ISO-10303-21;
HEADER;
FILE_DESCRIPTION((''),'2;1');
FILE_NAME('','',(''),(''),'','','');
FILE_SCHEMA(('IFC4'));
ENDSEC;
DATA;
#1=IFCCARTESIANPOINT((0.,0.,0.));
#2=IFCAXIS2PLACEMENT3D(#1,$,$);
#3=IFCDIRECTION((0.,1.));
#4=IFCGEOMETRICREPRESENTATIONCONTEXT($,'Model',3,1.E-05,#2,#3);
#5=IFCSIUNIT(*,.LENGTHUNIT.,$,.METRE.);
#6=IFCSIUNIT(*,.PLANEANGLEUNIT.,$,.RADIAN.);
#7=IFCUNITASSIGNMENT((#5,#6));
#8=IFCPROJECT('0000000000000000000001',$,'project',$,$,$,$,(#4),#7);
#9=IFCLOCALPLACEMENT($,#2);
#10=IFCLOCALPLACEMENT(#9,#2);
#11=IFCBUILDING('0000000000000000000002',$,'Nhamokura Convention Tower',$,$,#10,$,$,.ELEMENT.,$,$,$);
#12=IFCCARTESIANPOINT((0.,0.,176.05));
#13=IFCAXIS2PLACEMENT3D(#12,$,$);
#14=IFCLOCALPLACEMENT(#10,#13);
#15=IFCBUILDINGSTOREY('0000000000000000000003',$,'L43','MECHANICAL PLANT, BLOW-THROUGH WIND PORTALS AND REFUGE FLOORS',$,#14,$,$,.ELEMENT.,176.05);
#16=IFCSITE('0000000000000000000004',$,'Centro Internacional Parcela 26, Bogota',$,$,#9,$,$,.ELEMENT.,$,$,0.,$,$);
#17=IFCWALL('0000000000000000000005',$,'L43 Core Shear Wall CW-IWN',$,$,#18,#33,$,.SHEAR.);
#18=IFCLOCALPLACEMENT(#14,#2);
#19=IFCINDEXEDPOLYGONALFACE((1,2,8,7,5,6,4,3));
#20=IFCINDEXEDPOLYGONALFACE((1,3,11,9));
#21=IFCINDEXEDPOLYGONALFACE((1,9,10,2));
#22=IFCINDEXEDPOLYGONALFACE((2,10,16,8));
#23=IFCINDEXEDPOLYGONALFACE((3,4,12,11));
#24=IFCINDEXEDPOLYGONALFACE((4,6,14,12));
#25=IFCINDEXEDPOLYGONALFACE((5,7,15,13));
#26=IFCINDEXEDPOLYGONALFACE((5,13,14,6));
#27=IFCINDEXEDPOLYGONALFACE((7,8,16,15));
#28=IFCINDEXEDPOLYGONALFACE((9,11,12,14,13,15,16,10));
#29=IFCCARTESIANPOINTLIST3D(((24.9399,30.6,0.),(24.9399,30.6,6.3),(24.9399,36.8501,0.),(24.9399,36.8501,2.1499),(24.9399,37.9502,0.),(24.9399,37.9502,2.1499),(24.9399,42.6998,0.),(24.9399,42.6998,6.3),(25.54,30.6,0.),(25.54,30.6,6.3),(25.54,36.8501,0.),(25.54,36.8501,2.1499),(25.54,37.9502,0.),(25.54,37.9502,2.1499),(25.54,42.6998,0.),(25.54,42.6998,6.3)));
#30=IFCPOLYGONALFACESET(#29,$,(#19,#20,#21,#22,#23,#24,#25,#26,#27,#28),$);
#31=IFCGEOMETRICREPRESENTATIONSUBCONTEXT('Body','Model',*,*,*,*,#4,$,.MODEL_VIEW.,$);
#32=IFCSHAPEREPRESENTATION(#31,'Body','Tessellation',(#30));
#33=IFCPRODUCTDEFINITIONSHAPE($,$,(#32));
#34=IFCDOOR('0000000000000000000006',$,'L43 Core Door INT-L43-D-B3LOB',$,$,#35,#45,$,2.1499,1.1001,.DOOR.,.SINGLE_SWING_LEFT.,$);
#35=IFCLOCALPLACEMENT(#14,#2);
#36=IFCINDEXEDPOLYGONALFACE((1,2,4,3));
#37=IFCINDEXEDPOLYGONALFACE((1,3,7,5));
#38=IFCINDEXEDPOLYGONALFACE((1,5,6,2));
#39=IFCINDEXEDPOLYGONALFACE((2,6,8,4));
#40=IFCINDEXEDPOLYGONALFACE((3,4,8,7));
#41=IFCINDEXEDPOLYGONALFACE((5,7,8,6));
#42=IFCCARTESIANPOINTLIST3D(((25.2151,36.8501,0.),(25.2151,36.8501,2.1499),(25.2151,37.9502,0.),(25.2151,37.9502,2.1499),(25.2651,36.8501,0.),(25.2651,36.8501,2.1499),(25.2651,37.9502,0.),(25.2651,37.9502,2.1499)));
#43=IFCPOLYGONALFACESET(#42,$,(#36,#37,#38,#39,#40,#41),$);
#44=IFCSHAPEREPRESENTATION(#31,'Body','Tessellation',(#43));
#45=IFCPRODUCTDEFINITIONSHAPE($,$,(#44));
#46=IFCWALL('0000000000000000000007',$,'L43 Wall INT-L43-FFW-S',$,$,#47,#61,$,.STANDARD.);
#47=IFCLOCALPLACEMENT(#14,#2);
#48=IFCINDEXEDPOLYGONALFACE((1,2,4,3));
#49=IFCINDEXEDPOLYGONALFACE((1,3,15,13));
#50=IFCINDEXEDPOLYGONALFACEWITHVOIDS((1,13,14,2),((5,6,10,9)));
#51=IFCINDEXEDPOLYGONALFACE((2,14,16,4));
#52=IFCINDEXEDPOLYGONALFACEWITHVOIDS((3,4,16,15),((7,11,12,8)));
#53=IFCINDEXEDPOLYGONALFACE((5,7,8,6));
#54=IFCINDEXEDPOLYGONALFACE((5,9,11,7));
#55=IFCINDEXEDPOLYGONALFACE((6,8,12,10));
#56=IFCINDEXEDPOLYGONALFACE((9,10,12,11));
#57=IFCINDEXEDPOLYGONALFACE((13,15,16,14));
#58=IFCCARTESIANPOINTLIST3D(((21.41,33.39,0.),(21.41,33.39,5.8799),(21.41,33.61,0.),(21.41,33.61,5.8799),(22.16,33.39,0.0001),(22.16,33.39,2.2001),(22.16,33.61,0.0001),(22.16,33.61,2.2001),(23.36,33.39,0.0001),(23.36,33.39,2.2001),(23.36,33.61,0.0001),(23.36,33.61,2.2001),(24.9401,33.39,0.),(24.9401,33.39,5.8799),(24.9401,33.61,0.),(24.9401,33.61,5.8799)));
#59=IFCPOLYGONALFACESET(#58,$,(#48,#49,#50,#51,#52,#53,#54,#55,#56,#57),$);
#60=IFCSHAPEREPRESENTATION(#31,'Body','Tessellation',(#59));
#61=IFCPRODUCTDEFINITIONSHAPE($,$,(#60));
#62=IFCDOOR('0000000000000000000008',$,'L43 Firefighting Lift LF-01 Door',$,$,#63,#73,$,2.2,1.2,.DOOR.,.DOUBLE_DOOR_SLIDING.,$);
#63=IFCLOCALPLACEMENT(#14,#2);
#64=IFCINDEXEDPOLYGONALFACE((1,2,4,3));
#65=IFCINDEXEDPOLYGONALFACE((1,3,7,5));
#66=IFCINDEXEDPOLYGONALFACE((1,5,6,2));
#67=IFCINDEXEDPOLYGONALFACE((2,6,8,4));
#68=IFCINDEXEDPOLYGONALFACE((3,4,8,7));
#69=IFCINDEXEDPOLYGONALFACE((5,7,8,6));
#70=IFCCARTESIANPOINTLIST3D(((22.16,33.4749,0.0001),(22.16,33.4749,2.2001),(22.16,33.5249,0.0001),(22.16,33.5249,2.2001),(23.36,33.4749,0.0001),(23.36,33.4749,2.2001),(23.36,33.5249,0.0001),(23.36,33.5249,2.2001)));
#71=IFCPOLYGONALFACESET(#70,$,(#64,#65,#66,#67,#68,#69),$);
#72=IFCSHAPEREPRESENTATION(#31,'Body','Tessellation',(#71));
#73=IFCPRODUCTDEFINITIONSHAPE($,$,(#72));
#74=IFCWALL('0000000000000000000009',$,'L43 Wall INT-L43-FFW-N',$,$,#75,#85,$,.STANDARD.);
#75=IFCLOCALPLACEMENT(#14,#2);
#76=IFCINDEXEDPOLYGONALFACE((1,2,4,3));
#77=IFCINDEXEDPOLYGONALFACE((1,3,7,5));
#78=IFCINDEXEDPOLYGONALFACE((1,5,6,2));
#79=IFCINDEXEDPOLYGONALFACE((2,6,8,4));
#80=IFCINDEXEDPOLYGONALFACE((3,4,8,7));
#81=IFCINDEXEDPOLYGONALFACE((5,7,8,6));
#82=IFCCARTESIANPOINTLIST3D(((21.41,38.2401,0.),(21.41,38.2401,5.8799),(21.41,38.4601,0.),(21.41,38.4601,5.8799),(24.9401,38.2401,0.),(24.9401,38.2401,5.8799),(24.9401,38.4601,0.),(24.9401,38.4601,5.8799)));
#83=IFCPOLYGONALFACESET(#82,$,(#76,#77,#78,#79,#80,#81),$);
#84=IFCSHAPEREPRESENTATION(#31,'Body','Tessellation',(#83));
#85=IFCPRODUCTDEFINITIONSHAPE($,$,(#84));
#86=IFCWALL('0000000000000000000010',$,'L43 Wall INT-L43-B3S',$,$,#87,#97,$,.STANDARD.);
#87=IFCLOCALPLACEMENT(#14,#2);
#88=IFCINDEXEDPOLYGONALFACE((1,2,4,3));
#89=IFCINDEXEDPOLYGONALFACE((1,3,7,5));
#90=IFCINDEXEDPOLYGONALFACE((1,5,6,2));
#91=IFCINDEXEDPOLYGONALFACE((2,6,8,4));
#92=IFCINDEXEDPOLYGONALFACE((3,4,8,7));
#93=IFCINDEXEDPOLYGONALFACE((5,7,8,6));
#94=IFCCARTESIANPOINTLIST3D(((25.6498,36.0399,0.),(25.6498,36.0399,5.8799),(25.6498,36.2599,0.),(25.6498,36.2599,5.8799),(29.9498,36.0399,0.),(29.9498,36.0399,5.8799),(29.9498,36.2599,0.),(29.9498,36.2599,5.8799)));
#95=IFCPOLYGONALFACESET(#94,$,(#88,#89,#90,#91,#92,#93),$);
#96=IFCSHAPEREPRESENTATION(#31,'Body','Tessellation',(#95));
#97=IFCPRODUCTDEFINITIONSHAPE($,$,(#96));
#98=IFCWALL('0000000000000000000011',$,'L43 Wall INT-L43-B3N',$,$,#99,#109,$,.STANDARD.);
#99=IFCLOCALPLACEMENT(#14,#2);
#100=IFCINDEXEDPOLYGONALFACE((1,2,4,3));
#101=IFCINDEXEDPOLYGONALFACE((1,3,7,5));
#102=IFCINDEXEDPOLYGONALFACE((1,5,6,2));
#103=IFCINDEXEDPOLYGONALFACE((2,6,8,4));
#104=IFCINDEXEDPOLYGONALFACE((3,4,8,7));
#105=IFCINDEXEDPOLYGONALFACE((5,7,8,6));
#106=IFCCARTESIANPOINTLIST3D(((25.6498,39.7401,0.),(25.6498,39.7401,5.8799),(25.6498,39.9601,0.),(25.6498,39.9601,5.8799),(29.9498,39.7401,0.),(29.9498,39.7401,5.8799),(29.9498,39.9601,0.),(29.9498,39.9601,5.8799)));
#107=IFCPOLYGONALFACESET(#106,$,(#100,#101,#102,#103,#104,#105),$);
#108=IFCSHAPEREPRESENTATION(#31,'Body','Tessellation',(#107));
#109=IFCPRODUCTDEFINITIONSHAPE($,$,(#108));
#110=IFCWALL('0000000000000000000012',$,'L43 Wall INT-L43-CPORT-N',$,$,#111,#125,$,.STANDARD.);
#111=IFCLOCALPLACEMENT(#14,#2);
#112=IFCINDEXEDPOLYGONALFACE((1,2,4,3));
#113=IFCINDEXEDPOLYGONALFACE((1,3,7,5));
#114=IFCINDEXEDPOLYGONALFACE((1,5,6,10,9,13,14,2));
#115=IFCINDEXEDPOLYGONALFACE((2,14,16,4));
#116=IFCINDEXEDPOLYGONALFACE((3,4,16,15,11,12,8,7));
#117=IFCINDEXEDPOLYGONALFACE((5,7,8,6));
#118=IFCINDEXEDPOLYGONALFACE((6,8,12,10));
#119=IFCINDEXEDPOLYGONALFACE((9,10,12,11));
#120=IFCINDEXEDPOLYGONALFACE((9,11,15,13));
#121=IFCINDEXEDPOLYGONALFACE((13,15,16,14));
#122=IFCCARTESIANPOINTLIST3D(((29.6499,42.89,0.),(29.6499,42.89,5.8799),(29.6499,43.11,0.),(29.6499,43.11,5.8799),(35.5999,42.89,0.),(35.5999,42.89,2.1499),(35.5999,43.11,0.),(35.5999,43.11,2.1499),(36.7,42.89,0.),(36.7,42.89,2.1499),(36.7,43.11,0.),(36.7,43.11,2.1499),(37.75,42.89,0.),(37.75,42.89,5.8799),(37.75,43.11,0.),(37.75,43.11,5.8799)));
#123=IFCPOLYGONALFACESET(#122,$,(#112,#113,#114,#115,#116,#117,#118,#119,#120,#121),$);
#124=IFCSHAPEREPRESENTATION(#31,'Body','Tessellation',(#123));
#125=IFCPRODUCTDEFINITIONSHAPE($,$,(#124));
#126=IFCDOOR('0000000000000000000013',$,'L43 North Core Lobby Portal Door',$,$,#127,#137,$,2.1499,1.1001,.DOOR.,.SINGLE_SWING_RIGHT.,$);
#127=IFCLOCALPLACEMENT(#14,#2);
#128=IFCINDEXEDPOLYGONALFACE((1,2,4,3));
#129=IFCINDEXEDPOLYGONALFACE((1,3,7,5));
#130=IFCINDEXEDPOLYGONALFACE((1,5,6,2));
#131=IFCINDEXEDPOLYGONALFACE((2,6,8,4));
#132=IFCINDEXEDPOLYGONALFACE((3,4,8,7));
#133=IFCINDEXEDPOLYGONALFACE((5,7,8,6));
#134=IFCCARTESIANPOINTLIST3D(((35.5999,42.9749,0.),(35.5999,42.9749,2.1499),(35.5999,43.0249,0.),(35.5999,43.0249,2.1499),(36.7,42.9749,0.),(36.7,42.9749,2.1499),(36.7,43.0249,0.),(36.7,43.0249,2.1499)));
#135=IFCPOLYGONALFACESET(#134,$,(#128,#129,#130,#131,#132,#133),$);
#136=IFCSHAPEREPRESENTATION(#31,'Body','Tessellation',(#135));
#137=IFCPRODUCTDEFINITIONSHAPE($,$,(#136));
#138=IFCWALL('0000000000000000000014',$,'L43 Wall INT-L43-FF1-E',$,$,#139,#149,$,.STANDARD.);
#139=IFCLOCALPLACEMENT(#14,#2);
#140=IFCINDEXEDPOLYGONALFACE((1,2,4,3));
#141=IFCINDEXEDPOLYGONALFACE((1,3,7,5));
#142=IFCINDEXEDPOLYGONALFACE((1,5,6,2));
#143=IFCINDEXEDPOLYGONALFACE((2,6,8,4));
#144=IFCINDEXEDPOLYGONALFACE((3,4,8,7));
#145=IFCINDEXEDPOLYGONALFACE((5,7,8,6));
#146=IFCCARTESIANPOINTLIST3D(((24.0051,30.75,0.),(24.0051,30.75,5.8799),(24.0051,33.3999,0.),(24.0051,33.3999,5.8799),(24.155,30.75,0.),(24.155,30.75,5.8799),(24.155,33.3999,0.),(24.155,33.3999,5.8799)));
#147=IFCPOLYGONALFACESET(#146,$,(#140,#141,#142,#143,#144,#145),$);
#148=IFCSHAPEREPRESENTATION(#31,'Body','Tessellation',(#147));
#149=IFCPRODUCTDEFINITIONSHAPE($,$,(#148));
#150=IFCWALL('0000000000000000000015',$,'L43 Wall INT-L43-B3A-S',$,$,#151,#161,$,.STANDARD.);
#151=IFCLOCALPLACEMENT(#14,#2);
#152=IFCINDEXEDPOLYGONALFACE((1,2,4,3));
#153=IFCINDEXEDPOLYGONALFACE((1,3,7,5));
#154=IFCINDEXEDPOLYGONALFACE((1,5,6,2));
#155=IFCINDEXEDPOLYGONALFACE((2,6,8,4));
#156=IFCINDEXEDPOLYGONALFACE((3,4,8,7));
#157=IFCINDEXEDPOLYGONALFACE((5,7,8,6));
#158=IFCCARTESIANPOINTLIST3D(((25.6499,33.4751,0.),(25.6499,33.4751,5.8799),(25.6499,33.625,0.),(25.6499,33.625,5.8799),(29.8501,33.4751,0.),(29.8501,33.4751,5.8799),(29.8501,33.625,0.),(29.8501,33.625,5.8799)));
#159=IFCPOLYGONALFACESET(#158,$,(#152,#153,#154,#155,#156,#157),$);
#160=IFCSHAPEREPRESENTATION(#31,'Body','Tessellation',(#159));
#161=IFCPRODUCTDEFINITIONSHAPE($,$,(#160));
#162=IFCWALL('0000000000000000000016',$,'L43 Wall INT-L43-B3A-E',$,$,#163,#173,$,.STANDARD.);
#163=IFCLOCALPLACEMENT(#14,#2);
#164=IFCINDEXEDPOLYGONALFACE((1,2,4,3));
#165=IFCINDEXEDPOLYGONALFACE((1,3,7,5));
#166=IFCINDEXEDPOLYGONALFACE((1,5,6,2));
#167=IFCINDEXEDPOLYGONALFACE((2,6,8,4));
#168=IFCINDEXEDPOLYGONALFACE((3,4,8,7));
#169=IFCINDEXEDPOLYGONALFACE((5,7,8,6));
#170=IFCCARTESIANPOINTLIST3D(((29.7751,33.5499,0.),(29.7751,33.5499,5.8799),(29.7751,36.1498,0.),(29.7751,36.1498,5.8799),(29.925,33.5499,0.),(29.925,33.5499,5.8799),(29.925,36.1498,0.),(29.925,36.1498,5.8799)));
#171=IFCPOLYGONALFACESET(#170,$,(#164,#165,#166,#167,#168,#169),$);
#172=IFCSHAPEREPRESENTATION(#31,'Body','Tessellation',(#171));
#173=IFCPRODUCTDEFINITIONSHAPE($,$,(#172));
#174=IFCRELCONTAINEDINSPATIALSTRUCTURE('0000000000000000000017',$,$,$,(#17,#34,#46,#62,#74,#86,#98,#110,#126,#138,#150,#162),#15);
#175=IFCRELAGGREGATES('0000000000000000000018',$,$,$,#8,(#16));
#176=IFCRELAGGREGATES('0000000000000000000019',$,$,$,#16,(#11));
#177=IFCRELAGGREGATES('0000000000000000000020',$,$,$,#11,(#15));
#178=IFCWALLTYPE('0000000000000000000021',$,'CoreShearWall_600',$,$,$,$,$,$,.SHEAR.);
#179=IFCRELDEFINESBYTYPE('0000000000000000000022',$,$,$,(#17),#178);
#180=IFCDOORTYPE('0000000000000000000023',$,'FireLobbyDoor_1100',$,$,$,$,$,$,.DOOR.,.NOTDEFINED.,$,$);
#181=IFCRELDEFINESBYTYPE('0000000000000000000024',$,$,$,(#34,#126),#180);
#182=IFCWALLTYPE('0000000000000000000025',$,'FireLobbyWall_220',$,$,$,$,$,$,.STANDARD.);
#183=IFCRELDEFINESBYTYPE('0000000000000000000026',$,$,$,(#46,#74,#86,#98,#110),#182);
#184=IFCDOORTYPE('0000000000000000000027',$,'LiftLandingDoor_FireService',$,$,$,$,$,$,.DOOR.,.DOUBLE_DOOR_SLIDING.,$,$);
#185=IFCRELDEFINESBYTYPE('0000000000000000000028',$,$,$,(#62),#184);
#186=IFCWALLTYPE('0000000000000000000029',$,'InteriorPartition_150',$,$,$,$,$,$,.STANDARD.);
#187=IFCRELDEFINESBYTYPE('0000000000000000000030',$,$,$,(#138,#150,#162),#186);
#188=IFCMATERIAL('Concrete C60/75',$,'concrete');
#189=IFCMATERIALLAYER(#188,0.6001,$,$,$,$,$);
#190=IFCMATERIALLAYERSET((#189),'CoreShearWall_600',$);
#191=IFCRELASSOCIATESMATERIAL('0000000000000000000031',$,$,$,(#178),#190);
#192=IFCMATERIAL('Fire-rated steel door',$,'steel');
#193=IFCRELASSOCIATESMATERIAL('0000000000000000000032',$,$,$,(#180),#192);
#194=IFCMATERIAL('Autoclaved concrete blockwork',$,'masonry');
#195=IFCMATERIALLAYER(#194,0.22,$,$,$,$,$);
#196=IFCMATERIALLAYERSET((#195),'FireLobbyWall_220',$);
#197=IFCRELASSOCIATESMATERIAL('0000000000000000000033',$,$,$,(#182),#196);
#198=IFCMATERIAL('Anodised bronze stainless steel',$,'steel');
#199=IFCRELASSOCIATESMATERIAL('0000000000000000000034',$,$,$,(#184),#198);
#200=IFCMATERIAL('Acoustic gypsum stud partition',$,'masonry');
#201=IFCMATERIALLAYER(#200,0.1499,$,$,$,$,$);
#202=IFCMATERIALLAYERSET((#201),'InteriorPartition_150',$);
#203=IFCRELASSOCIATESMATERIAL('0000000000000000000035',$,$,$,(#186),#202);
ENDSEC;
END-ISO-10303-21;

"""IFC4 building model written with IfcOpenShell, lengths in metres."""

from ifc_helpers import new_model, si_unit, direction, frame, frame_2d, origin, place, context, subcontext, project, spatial, rectangle, extrude, material, layer, layer_set, type_object, element, fill, save


model = new_model("IFC4")

# Units and contexts
model_context = context("Model", 3, precision=1e-05, world=origin(), true_north=direction((0.0, 1.0)))
body_context = subcontext(model_context, "Body", "Model", "MODEL_VIEW")
ifc_project = project(units=[si_unit("LENGTHUNIT", "METRE"), si_unit("PLANEANGLEUNIT", "RADIAN")], contexts=[model_context])

# Site, building, storey
site_placement = place(None, origin())
site = spatial("IfcSite", under=ifc_project, at=site_placement, Name="Centro Internacional Parcela 26, Bogota", CompositionType="ELEMENT", RefElevation=0.0)
building_placement = place(site_placement, origin())
building = spatial("IfcBuilding", under=site, at=building_placement, Name="Nhamokura Convention Tower", CompositionType="ELEMENT")
storey_placement = place(building_placement, frame((0.0, 0.0, 176.05)))
storey = spatial("IfcBuildingStorey", under=building, at=storey_placement, Name="L43", Description="MECHANICAL PLANT, BLOW-THROUGH WIND PORTALS AND REFUGE FLOORS", CompositionType="ELEMENT", Elevation=176.05)

# Shared definitions
ifc_material_1 = material(Name="Concrete C60/75", Category="concrete")
ifc_layer_1 = layer(ifc_material_1, 0.6001)
ifc_layer_set_1 = layer_set([ifc_layer_1], Name="CoreShearWall_600")
wall_type_1 = type_object("IfcWallType", Name="CoreShearWall_600", PredefinedType="SHEAR", material=ifc_layer_set_1)
ifc_material_2 = material(Name="Fire-rated steel door", Category="steel")
door_type_1 = type_object("IfcDoorType", Name="FireLobbyDoor_1100", OperationType="NOTDEFINED", PredefinedType="DOOR", material=ifc_material_2)

# Walls, openings, doors
wall_1_placement = place(storey_placement, frame((25.24, 30.6001, 0.0), z_axis=(0.0, 0.0, 1.0), x_axis=(0.0, 1.0, 0.0)))
wall_1 = element("IfcWall", 1, at=wall_1_placement, inside=storey, type_object=wall_type_1, Name="L43 Core Shear Wall CW-IWN", PredefinedType="SHEAR", context=body_context, shape_type="SweptSolid", body=[
    extrude(rectangle(XDim=12.0999, YDim=0.6001, at=frame_2d((6.0498, 0.0))), origin(), (0.0, 0.0, 1.0), 6.3),
])
opening_1_placement = place(wall_1_placement, frame((6.25, 0.0, 0.0)))
opening_1 = element("IfcOpeningElement", 2, at=opening_1_placement, cuts=wall_1, PredefinedType="OPENING", context=body_context, shape_type="SweptSolid", body=[
    extrude(rectangle(XDim=1.1001, YDim=2.1499, at=frame_2d((0.55, 1.075))), frame((0.0, 0.3101, 0.0), z_axis=(0.0, -1.0, 0.0), x_axis=(1.0, 0.0, 0.0)), (0.0, 0.0, 1.0), 0.6201),
])
door_1_placement = place(opening_1_placement, origin())
door_1 = element("IfcDoor", 3, at=door_1_placement, inside=storey, type_object=door_type_1, Name="L43 Core Door INT-L43-D-B3LOB", OperationType="SINGLE_SWING_LEFT", OverallHeight=2.1499, OverallWidth=1.1001, PredefinedType="DOOR", context=body_context, shape_type="SweptSolid", body=[
    extrude(rectangle(XDim=1.1001, YDim=2.1499, at=frame_2d((0.55, 1.075))), frame((0.0, 0.0249, 0.0), z_axis=(0.0, -1.0, 0.0), x_axis=(1.0, 0.0, 0.0)), (0.0, 0.0, 1.0), 0.05),
])
fill(opening_1, door_1)
ifc_material_3 = material(Name="Autoclaved concrete blockwork", Category="masonry")
ifc_layer_2 = layer(ifc_material_3, 0.22)
ifc_layer_set_2 = layer_set([ifc_layer_2], Name="FireLobbyWall_220")
wall_type_2 = type_object("IfcWallType", Name="FireLobbyWall_220", PredefinedType="STANDARD", material=ifc_layer_set_2)
wall_2_placement = place(storey_placement, frame((21.4099, 33.5, 0.0), z_axis=(0.0, 0.0, 1.0), x_axis=(1.0, 0.0, 0.0)))
wall_2 = element("IfcWall", 4, at=wall_2_placement, inside=storey, type_object=wall_type_2, Name="L43 Wall INT-L43-FFW-S", PredefinedType="STANDARD", context=body_context, shape_type="SweptSolid", body=[
    extrude(rectangle(XDim=3.53, YDim=0.22, at=frame_2d((1.7651, 0.0))), origin(), (0.0, 0.0, 1.0), 5.8799),
])
opening_2_placement = place(wall_2_placement, frame((0.75, 0.0, 0.0)))
opening_2 = element("IfcOpeningElement", 5, at=opening_2_placement, cuts=wall_2, PredefinedType="OPENING", context=body_context, shape_type="SweptSolid", body=[
    extrude(rectangle(XDim=1.2, YDim=2.2, at=frame_2d((0.6001, 1.1001))), frame((0.0, 0.1199, 0.0), z_axis=(0.0, -1.0, 0.0), x_axis=(1.0, 0.0, 0.0)), (0.0, 0.0, 1.0), 0.24),
])
ifc_material_4 = material(Name="Anodised bronze stainless steel", Category="steel")
door_type_2 = type_object("IfcDoorType", Name="LiftLandingDoor_FireService", OperationType="DOUBLE_DOOR_SLIDING", PredefinedType="DOOR", material=ifc_material_4)
door_2_placement = place(opening_2_placement, origin())
door_2 = element("IfcDoor", 6, at=door_2_placement, inside=storey, type_object=door_type_2, Name="L43 Firefighting Lift LF-01 Door", OperationType="DOUBLE_DOOR_SLIDING", OverallHeight=2.2, OverallWidth=1.2, PredefinedType="DOOR", context=body_context, shape_type="SweptSolid", body=[
    extrude(rectangle(XDim=1.2, YDim=2.2, at=frame_2d((0.6001, 1.1001))), frame((0.0, 0.0249, 0.0), z_axis=(0.0, -1.0, 0.0), x_axis=(1.0, 0.0, 0.0)), (0.0, 0.0, 1.0), 0.05),
])
fill(opening_2, door_2)

# Walls
wall_3_placement = place(storey_placement, frame((21.4099, 38.3501, 0.0), z_axis=(0.0, 0.0, 1.0), x_axis=(1.0, 0.0, 0.0)))
element("IfcWall", 7, at=wall_3_placement, inside=storey, type_object=wall_type_2, Name="L43 Wall INT-L43-FFW-N", PredefinedType="STANDARD", context=body_context, shape_type="SweptSolid", body=[
    extrude(rectangle(XDim=3.53, YDim=0.22, at=frame_2d((1.7651, 0.0))), origin(), (0.0, 0.0, 1.0), 5.8799),
])
for number, where, z_axis, x_axis, name in (
    (8, (25.6499, 36.1499, 0.0), (0.0, 0.0, 1.0), (1.0, 0.0, 0.0), "L43 Wall INT-L43-B3S"),
    (9, (25.6499, 39.8501, 0.0), (0.0, 0.0, 1.0), (1.0, 0.0, 0.0), "L43 Wall INT-L43-B3N"),
):
    element("IfcWall", number, at=place(storey_placement, frame(where, z_axis=z_axis, x_axis=x_axis)), inside=storey, type_object=wall_type_2, Name=name, PredefinedType="STANDARD", context=body_context, shape_type="SweptSolid", body=[
        extrude(rectangle(XDim=4.3, YDim=0.22, at=frame_2d((2.1499, 0.0))), origin(), (0.0, 0.0, 1.0), 5.8799),
    ])

# Wall, opening, door
wall_4_placement = place(storey_placement, frame((29.6499, 43.0, 0.0), z_axis=(0.0, 0.0, 1.0), x_axis=(1.0, 0.0, 0.0)))
wall_4 = element("IfcWall", 10, at=wall_4_placement, inside=storey, type_object=wall_type_2, Name="L43 Wall INT-L43-CPORT-N", PredefinedType="STANDARD", context=body_context, shape_type="SweptSolid", body=[
    extrude(rectangle(XDim=8.1001, YDim=0.22, at=frame_2d((4.05, 0.0))), origin(), (0.0, 0.0, 1.0), 5.8799),
])
opening_3_placement = place(wall_4_placement, frame((5.95, 0.0, 0.0)))
opening_3 = element("IfcOpeningElement", 11, at=opening_3_placement, cuts=wall_4, PredefinedType="OPENING", context=body_context, shape_type="SweptSolid", body=[
    extrude(rectangle(XDim=1.1001, YDim=2.1499, at=frame_2d((0.55, 1.075))), frame((0.0, 0.1199, 0.0), z_axis=(0.0, -1.0, 0.0), x_axis=(1.0, 0.0, 0.0)), (0.0, 0.0, 1.0), 0.24),
])
door_3_placement = place(opening_3_placement, origin())
door_3 = element("IfcDoor", 12, at=door_3_placement, inside=storey, type_object=door_type_1, Name="L43 North Core Lobby Portal Door", OperationType="SINGLE_SWING_RIGHT", OverallHeight=2.1499, OverallWidth=1.1001, PredefinedType="DOOR", context=body_context, shape_type="SweptSolid", body=[
    extrude(rectangle(XDim=1.1001, YDim=2.1499, at=frame_2d((0.55, 1.075))), frame((0.0, 0.0249, 0.0), z_axis=(0.0, -1.0, 0.0), x_axis=(1.0, 0.0, 0.0)), (0.0, 0.0, 1.0), 0.05),
])
fill(opening_3, door_3)

# Walls
ifc_material_5 = material(Name="Acoustic gypsum stud partition", Category="masonry")
ifc_layer_3 = layer(ifc_material_5, 0.1499)
ifc_layer_set_3 = layer_set([ifc_layer_3], Name="InteriorPartition_150")
wall_type_3 = type_object("IfcWallType", Name="InteriorPartition_150", PredefinedType="STANDARD", material=ifc_layer_set_3)
wall_5_placement = place(storey_placement, frame((24.0801, 30.75, 0.0), z_axis=(0.0, 0.0, 1.0), x_axis=(0.0, 1.0, 0.0)))
element("IfcWall", 13, at=wall_5_placement, inside=storey, type_object=wall_type_3, Name="L43 Wall INT-L43-FF1-E", PredefinedType="STANDARD", context=body_context, shape_type="SweptSolid", body=[
    extrude(rectangle(XDim=2.6499, YDim=0.1499, at=frame_2d((1.325, 0.0))), origin(), (0.0, 0.0, 1.0), 5.8799),
])
wall_6_placement = place(storey_placement, frame((25.6499, 33.55, 0.0), z_axis=(0.0, 0.0, 1.0), x_axis=(1.0, 0.0, 0.0)))
element("IfcWall", 14, at=wall_6_placement, inside=storey, type_object=wall_type_3, Name="L43 Wall INT-L43-B3A-S", PredefinedType="STANDARD", context=body_context, shape_type="SweptSolid", body=[
    extrude(rectangle(XDim=4.2002, YDim=0.1499, at=frame_2d((2.1001, 0.0))), origin(), (0.0, 0.0, 1.0), 5.8799),
])
wall_7_placement = place(storey_placement, frame((29.8501, 33.55, 0.0), z_axis=(0.0, 0.0, 1.0), x_axis=(0.0, 1.0, 0.0)))
element("IfcWall", 15, at=wall_7_placement, inside=storey, type_object=wall_type_3, Name="L43 Wall INT-L43-B3A-E", PredefinedType="STANDARD", context=body_context, shape_type="SweptSolid", body=[
    extrude(rectangle(XDim=2.5999, YDim=0.1499, at=frame_2d((1.2998, 0.0))), origin(), (0.0, 0.0, 1.0), 5.8799),
])

save(model, "model.ifc")
